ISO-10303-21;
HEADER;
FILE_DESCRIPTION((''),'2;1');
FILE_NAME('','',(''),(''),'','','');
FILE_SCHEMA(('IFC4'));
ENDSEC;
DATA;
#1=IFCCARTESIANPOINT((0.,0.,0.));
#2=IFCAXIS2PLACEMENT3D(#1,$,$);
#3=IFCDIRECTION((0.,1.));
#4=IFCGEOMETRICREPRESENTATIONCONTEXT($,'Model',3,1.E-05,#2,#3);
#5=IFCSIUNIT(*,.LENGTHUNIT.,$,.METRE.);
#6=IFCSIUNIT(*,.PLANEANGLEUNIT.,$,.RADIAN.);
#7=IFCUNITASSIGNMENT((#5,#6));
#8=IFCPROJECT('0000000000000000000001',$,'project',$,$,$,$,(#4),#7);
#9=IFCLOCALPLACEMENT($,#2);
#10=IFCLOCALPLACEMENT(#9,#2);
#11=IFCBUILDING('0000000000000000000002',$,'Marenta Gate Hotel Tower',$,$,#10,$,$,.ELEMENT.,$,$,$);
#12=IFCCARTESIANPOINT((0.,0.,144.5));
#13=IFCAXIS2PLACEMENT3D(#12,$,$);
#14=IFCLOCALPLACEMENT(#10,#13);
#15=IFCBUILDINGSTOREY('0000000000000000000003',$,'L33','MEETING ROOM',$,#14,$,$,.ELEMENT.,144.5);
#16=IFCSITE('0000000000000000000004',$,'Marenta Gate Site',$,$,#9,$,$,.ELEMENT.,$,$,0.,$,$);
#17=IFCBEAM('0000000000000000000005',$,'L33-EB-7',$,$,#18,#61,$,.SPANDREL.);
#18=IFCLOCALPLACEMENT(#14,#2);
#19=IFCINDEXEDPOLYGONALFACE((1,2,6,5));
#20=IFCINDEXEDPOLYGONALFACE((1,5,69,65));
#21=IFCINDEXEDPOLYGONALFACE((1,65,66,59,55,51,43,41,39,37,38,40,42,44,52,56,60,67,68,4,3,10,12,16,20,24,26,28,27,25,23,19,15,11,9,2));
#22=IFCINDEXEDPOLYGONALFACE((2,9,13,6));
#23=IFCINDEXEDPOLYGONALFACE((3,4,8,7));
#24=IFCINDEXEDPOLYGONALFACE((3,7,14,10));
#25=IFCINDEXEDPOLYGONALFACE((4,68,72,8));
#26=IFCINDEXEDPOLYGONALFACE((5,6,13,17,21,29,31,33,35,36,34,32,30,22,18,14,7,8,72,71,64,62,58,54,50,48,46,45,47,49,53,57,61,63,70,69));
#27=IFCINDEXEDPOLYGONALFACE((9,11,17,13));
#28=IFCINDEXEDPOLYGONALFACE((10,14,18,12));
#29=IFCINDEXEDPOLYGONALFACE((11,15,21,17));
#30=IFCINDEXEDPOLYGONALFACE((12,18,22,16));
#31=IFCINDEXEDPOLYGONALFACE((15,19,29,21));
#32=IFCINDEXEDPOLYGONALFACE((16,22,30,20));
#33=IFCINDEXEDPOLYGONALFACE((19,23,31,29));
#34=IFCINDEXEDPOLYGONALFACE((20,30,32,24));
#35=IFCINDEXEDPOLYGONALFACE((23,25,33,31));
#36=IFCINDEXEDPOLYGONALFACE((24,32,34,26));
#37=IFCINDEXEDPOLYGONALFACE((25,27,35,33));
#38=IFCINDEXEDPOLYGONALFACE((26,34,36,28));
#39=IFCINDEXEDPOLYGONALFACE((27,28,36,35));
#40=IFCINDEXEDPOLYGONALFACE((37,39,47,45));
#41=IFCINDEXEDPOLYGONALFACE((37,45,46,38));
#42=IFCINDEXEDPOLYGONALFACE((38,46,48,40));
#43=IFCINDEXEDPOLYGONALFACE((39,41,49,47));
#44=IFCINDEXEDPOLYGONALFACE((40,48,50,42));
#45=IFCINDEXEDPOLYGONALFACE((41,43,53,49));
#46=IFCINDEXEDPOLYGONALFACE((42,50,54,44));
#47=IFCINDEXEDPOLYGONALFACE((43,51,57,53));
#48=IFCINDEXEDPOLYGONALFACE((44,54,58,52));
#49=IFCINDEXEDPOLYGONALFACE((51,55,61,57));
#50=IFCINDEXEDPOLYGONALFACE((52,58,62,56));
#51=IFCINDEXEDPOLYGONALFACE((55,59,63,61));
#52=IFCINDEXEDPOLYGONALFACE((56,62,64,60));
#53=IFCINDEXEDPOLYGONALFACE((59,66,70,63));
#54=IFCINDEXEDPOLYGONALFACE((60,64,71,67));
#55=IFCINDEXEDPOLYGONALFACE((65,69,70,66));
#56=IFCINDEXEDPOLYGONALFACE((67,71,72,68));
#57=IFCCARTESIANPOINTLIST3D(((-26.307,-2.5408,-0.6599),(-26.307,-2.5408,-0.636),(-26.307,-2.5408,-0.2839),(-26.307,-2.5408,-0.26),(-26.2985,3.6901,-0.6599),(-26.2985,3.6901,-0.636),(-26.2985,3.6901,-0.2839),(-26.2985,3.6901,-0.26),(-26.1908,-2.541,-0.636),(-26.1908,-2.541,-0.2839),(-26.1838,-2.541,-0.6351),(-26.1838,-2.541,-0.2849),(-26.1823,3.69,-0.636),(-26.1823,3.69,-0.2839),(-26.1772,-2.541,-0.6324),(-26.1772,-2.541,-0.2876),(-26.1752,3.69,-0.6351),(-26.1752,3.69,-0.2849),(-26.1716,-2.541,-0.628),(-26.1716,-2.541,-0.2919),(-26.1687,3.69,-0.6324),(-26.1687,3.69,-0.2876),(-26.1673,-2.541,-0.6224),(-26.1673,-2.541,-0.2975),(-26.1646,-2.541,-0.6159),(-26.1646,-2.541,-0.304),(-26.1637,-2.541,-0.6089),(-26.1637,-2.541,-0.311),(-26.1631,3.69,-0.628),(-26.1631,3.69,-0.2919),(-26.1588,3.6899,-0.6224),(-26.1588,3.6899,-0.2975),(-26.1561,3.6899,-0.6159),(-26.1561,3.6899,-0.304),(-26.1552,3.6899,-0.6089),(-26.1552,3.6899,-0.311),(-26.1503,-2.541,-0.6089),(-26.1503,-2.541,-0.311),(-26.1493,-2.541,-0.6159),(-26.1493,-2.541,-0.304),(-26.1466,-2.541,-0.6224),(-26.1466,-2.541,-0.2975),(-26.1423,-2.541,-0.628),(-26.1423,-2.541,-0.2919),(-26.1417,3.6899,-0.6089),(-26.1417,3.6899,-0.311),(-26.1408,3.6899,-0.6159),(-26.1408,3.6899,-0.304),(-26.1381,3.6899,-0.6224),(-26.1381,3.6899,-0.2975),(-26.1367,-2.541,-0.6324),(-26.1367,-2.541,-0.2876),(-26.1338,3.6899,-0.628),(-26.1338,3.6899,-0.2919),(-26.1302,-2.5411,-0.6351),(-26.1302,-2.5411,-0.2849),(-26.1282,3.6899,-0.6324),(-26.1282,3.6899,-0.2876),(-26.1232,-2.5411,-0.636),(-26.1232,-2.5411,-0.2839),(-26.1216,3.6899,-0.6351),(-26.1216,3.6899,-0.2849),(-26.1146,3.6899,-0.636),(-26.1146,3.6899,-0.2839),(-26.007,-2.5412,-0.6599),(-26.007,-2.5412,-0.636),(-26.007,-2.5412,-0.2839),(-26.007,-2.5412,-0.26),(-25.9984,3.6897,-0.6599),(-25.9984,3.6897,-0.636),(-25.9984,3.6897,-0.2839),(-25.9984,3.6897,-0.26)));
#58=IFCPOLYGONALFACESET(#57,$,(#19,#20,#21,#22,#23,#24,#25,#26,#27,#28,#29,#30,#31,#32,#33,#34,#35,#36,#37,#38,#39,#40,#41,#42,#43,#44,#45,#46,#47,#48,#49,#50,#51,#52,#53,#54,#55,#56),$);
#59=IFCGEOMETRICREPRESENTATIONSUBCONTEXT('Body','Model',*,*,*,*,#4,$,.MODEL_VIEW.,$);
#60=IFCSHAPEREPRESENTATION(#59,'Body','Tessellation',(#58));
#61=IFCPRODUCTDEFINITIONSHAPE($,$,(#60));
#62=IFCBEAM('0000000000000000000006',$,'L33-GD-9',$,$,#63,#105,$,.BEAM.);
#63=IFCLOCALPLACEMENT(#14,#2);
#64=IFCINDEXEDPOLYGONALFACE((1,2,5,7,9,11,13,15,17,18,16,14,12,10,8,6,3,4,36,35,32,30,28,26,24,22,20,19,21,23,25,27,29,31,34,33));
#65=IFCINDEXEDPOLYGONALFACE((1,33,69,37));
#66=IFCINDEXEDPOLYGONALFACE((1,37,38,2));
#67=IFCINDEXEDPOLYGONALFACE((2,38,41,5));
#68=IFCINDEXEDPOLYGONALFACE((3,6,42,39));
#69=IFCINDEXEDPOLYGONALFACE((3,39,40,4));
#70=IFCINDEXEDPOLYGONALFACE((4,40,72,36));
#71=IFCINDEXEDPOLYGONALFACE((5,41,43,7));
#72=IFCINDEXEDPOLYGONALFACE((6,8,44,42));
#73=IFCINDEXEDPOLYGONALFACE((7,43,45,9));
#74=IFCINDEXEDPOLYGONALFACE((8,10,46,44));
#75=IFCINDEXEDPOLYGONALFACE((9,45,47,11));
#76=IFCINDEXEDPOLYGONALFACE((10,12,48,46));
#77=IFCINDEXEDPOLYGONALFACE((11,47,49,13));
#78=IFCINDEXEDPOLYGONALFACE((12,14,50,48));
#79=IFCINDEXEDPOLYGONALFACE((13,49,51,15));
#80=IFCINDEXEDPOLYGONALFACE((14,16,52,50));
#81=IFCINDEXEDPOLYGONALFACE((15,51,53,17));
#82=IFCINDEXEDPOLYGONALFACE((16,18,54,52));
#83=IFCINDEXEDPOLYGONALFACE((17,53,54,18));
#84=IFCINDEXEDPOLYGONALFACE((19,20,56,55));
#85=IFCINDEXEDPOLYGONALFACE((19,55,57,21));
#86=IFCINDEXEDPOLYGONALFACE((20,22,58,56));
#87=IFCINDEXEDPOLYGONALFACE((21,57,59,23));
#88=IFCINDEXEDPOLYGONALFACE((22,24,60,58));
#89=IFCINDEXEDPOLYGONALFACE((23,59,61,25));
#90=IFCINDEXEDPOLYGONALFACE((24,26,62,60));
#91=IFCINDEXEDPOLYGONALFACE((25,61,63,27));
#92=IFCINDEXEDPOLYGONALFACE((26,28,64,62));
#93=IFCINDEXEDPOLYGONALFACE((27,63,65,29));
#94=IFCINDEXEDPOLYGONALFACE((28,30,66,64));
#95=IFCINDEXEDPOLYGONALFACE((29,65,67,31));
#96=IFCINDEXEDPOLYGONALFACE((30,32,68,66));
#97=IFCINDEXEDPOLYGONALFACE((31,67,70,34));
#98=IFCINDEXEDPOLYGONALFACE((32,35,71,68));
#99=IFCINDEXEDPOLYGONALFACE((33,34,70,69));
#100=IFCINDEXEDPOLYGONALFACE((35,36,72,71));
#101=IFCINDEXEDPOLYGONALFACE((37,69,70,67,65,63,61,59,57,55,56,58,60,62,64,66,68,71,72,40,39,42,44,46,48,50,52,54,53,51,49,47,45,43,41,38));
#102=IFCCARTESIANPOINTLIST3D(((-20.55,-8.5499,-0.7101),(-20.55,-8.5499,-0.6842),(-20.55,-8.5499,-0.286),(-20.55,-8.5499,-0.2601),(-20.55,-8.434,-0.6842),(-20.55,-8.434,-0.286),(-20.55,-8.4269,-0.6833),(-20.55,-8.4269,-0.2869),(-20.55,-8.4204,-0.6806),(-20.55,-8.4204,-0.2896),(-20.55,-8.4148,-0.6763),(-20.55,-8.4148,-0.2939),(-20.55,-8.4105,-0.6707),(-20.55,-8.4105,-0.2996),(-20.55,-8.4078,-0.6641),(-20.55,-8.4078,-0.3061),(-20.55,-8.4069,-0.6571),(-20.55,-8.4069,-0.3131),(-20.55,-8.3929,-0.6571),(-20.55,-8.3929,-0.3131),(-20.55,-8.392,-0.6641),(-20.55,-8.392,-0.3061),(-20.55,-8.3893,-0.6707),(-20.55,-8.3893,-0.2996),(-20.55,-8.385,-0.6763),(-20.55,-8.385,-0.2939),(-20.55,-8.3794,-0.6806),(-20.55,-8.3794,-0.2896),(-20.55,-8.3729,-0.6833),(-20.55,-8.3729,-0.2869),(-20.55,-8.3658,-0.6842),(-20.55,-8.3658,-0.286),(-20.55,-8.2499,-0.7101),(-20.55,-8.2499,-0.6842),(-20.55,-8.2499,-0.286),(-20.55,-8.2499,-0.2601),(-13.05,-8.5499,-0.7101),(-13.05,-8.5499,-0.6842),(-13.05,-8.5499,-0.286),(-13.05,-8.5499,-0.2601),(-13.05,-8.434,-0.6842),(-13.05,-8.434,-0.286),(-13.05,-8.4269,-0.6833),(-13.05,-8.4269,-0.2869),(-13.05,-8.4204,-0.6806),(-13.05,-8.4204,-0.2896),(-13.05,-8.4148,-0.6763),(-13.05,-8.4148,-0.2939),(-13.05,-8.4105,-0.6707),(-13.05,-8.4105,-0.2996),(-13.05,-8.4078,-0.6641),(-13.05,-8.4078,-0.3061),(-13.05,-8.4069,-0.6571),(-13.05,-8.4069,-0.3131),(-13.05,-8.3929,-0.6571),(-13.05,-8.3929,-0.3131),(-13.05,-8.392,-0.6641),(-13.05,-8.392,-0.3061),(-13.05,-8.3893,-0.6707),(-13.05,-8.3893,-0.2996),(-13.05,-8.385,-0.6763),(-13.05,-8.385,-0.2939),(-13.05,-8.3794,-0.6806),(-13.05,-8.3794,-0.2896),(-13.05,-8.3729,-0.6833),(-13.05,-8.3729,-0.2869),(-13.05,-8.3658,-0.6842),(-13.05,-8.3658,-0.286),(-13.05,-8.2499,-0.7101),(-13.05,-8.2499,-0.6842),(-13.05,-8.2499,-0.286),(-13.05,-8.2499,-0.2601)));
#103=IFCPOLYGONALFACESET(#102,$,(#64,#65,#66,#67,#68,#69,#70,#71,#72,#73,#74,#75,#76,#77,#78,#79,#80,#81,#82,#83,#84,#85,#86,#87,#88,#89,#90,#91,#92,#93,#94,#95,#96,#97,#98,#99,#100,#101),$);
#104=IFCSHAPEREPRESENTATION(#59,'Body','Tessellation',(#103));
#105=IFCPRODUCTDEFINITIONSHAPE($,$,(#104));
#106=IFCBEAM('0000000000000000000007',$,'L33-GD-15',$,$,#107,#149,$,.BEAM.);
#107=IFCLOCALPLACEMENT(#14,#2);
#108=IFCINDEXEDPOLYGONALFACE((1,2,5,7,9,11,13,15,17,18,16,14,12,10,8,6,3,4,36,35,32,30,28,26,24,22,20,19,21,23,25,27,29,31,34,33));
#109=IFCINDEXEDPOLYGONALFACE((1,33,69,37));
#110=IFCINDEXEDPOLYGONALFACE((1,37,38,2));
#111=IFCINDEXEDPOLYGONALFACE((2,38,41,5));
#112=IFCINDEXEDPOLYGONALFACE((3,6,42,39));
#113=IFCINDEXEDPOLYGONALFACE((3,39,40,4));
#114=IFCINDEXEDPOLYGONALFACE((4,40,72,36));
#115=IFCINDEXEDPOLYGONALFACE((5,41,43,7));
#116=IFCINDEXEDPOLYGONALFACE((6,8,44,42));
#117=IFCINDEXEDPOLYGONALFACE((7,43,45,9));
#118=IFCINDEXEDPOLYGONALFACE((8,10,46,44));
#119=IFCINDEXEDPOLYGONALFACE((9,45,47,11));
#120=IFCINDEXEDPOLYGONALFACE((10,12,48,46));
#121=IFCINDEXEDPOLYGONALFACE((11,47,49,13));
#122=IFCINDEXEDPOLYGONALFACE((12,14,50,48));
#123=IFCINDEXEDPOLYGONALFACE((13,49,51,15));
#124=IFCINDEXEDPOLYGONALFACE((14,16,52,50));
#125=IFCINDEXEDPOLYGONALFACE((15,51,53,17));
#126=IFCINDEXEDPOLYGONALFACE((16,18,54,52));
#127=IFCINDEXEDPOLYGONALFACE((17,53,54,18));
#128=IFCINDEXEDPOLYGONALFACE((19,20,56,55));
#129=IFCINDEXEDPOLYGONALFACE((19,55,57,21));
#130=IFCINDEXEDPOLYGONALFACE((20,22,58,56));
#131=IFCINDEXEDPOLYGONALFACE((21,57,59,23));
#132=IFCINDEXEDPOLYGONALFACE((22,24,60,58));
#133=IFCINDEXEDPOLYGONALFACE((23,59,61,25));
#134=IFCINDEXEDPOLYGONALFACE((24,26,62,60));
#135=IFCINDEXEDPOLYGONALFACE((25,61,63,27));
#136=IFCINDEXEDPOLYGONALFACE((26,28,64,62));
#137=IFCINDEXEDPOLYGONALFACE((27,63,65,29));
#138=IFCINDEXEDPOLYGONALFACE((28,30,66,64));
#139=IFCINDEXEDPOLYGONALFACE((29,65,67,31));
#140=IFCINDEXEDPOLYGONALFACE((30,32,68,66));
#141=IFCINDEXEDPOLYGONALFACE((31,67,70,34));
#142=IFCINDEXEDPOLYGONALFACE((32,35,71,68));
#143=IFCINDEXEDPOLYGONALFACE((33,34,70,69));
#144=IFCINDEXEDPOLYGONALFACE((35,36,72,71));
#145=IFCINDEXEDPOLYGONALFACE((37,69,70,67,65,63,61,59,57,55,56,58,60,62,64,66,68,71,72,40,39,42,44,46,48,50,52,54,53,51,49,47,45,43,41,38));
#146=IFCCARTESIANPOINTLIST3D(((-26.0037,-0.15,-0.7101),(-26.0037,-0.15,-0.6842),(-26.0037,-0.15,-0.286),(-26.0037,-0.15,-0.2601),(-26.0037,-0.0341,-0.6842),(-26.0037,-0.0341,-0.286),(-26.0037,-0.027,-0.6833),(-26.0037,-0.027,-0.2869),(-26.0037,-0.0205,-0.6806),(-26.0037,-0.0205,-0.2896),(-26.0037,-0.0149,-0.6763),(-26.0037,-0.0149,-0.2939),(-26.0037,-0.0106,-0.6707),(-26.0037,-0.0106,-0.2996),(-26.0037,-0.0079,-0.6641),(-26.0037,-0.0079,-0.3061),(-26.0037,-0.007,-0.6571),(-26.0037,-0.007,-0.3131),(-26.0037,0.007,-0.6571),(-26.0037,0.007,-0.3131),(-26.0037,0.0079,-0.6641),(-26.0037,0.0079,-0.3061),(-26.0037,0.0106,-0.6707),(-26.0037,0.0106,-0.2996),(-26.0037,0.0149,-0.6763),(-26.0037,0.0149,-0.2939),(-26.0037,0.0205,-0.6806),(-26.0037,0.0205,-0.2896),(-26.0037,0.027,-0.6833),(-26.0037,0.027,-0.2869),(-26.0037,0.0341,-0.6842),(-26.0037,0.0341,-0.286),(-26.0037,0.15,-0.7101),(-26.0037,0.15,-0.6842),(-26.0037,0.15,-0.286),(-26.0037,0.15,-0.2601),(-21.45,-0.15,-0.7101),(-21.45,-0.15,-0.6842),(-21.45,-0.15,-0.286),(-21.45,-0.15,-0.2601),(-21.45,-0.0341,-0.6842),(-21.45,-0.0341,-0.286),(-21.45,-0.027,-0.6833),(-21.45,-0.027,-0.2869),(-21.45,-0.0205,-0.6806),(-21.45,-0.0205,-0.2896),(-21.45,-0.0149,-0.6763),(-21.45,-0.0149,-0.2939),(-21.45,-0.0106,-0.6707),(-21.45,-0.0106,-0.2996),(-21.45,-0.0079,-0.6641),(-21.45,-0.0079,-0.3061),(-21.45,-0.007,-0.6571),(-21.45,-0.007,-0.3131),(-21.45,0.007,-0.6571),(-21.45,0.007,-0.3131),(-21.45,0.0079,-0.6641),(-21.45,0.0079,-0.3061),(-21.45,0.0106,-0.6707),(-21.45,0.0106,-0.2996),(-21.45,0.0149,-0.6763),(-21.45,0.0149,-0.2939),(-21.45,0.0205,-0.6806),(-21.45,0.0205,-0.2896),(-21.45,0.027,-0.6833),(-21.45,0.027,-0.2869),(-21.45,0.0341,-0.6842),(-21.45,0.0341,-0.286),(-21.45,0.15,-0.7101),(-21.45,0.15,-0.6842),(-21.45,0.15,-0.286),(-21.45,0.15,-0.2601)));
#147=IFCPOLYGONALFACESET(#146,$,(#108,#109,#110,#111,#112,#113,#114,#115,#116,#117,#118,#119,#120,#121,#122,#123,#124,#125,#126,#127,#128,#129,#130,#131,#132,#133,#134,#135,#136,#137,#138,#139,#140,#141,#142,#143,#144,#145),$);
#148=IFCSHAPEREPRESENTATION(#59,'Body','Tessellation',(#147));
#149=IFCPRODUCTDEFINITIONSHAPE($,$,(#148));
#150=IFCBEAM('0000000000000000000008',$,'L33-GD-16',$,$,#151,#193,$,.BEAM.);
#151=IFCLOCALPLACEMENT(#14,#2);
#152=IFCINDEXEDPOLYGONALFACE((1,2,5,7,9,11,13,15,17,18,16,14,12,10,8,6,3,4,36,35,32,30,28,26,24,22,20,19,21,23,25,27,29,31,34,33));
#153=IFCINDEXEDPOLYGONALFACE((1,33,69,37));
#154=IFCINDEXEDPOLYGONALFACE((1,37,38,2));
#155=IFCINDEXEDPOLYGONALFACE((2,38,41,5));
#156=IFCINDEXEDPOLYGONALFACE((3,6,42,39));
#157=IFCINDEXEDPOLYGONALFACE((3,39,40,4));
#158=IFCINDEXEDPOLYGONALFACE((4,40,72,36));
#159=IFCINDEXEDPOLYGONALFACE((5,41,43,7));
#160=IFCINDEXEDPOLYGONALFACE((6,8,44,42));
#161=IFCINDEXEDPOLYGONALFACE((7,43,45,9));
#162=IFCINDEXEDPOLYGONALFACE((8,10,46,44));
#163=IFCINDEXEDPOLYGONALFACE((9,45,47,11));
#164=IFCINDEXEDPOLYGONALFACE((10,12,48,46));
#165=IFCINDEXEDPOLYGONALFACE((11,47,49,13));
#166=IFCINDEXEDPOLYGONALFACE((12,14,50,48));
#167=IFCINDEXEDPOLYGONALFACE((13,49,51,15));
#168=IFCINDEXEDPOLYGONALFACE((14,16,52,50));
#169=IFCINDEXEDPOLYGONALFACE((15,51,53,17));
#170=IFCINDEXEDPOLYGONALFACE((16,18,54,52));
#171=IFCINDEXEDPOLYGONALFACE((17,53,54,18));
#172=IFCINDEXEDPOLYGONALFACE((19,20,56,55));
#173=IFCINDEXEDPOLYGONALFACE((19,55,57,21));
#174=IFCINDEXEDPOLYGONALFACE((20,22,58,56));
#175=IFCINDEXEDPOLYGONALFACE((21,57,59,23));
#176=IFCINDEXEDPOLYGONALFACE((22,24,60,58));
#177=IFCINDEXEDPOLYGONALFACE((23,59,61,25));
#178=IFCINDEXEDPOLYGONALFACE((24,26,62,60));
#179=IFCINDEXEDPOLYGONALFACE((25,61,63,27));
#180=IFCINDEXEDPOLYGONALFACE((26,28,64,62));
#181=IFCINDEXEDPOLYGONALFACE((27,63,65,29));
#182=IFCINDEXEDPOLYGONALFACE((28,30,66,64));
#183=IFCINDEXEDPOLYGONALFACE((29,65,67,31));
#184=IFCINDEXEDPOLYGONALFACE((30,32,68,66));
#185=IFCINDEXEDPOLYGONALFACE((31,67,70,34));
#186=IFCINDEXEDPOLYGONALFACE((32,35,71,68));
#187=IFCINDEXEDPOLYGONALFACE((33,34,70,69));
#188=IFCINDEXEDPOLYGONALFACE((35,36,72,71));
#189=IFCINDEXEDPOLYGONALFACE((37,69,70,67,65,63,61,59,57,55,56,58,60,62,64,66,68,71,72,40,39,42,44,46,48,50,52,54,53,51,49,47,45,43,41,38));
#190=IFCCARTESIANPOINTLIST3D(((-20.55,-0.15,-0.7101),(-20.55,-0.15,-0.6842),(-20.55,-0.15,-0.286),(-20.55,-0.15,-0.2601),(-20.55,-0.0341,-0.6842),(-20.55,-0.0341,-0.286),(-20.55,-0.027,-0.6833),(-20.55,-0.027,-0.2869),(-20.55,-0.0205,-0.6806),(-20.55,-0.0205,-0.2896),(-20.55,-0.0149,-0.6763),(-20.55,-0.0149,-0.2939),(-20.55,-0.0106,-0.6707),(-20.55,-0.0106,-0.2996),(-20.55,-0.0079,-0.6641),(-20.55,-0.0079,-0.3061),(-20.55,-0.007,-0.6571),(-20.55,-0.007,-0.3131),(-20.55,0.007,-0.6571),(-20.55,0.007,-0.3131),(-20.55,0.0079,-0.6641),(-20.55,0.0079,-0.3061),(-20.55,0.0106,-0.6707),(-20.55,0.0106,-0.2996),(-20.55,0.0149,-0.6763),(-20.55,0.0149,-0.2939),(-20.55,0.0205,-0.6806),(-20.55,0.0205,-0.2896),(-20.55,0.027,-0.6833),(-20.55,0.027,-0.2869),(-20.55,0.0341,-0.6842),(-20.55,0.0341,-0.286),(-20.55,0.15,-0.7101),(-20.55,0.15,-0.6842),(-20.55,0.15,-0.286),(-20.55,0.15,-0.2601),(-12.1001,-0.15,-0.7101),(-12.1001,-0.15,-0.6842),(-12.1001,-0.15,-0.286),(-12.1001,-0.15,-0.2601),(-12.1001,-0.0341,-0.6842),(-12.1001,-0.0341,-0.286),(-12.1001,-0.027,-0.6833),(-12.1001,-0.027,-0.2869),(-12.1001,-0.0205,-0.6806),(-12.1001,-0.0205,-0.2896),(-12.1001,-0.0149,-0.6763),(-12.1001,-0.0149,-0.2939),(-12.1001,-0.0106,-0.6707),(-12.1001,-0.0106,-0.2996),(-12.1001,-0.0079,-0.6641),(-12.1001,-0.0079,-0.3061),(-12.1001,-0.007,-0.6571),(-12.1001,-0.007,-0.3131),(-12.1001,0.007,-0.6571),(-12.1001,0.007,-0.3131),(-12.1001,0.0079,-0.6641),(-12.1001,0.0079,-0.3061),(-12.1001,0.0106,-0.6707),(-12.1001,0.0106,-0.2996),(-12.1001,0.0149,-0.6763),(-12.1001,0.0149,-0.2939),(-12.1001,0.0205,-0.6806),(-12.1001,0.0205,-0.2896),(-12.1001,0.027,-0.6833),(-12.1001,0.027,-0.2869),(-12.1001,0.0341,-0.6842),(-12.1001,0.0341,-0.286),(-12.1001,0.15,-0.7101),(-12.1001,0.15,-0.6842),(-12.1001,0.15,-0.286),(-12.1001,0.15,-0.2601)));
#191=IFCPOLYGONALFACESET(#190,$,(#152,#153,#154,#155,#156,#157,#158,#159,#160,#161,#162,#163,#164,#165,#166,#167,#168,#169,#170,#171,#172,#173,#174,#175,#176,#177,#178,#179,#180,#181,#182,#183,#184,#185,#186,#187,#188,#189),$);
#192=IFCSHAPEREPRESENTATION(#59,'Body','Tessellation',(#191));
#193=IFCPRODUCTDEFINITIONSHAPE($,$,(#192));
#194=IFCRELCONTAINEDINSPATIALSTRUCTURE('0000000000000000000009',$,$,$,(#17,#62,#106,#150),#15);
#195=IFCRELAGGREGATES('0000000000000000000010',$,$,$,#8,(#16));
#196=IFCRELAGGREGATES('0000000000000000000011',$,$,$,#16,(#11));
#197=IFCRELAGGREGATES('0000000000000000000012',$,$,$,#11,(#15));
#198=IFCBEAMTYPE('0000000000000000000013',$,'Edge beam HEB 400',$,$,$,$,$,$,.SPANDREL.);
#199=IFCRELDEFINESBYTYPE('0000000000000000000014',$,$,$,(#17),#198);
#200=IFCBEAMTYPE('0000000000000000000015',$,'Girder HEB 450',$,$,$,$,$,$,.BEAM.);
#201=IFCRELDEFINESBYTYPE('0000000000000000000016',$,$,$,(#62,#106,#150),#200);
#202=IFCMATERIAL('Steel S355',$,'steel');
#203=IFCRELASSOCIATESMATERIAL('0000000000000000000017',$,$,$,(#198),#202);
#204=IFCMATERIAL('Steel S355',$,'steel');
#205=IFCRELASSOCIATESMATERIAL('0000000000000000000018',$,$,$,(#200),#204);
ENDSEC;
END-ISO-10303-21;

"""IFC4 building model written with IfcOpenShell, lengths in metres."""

from ifc_helpers import new_model, si_unit, direction, frame, origin, origin_2d, place, context, subcontext, project, spatial, i_section, extrude, material, material_profile, profile_set, type_object, element, save


model = new_model("IFC4")

# Units and contexts
model_context = context("Model", 3, precision=1e-05, world=origin(), true_north=direction((0.0, 1.0)))
body_context = subcontext(model_context, "Body", "Model", "MODEL_VIEW")
ifc_project = project(units=[si_unit("LENGTHUNIT", "METRE"), si_unit("PLANEANGLEUNIT", "RADIAN")], contexts=[model_context])

# Site, building, storey
site_placement = place(None, origin())
site = spatial("IfcSite", under=ifc_project, at=site_placement, Name="Marenta Gate Site", CompositionType="ELEMENT", RefElevation=0.0)
building_placement = place(site_placement, origin())
building = spatial("IfcBuilding", under=site, at=building_placement, Name="Marenta Gate Hotel Tower", CompositionType="ELEMENT")
storey_placement = place(building_placement, frame((0.0, 0.0, 144.5)))
storey = spatial("IfcBuildingStorey", under=building, at=storey_placement, Name="L33", Description="MEETING ROOM", CompositionType="ELEMENT", Elevation=144.5)

# Beams
ifc_material_1 = material(Name="Steel S355", Category="steel")
ifc_material_profile_1 = material_profile(ifc_material_1, i_section(OverallWidth=0.3, OverallDepth=0.3999, WebThickness=0.0134, FlangeThickness=0.0239, FilletRadius=0.0271, at=origin_2d()), Name="HEB 400")
ifc_profile_set_1 = profile_set([ifc_material_profile_1], Name="Steel S355")
beam_type_1 = type_object("IfcBeamType", Name="Edge beam HEB 400", PredefinedType="SPANDREL", material=ifc_profile_set_1)
beam_1_placement = place(storey_placement, frame((-26.157, -2.541, -0.46), z_axis=(0.001371, 0.999999, 0.0), x_axis=(-0.999999, 0.001371, 0.0)))
element("IfcBeam", 1, at=beam_1_placement, inside=storey, type_object=beam_type_1, Name="L33-EB-7", PredefinedType="SPANDREL", context=body_context, shape_type="SweptSolid", body=[
    extrude(i_section(OverallWidth=0.3, OverallDepth=0.3999, WebThickness=0.0134, FlangeThickness=0.0239, FilletRadius=0.0271, at=origin_2d()), origin(), (0.0, 0.0, 1.0), 6.231),
])
ifc_material_2 = material(Name="Steel S355", Category="steel")
ifc_material_profile_2 = material_profile(ifc_material_2, i_section(OverallWidth=0.3, OverallDepth=0.45, WebThickness=0.0139, FlangeThickness=0.0259, FilletRadius=0.0271, at=origin_2d()), Name="HEB 450")
ifc_profile_set_2 = profile_set([ifc_material_profile_2], Name="Steel S355")
beam_type_2 = type_object("IfcBeamType", Name="Girder HEB 450", PredefinedType="BEAM", material=ifc_profile_set_2)
beam_2_placement = place(storey_placement, frame((-20.55, -8.3999, -0.4851), z_axis=(1.0, 0.0, 0.0), x_axis=(0.0, 1.0, 0.0)))
element("IfcBeam", 2, at=beam_2_placement, inside=storey, type_object=beam_type_2, Name="L33-GD-9", PredefinedType="BEAM", context=body_context, shape_type="SweptSolid", body=[
    extrude(i_section(OverallWidth=0.3, OverallDepth=0.45, WebThickness=0.0139, FlangeThickness=0.0259, FilletRadius=0.0271, at=origin_2d()), origin(), (0.0, 0.0, 1.0), 7.5),
])
beam_3_placement = place(storey_placement, frame((-26.0037, 0.0, -0.4851), z_axis=(1.0, 0.0, 0.0), x_axis=(0.0, 1.0, 0.0)))
element("IfcBeam", 3, at=beam_3_placement, inside=storey, type_object=beam_type_2, Name="L33-GD-15", PredefinedType="BEAM", context=body_context, shape_type="SweptSolid", body=[
    extrude(i_section(OverallWidth=0.3, OverallDepth=0.45, WebThickness=0.0139, FlangeThickness=0.0259, FilletRadius=0.0271, at=origin_2d()), origin(), (0.0, 0.0, 1.0), 4.5537),
])
beam_4_placement = place(storey_placement, frame((-20.55, 0.0, -0.4851), z_axis=(1.0, 0.0, 0.0), x_axis=(0.0, 1.0, 0.0)))
element("IfcBeam", 4, at=beam_4_placement, inside=storey, type_object=beam_type_2, Name="L33-GD-16", PredefinedType="BEAM", context=body_context, shape_type="SweptSolid", body=[
    extrude(i_section(OverallWidth=0.3, OverallDepth=0.45, WebThickness=0.0139, FlangeThickness=0.0259, FilletRadius=0.0271, at=origin_2d()), origin(), (0.0, 0.0, 1.0), 8.45),
])

save(model, "model.ifc")
